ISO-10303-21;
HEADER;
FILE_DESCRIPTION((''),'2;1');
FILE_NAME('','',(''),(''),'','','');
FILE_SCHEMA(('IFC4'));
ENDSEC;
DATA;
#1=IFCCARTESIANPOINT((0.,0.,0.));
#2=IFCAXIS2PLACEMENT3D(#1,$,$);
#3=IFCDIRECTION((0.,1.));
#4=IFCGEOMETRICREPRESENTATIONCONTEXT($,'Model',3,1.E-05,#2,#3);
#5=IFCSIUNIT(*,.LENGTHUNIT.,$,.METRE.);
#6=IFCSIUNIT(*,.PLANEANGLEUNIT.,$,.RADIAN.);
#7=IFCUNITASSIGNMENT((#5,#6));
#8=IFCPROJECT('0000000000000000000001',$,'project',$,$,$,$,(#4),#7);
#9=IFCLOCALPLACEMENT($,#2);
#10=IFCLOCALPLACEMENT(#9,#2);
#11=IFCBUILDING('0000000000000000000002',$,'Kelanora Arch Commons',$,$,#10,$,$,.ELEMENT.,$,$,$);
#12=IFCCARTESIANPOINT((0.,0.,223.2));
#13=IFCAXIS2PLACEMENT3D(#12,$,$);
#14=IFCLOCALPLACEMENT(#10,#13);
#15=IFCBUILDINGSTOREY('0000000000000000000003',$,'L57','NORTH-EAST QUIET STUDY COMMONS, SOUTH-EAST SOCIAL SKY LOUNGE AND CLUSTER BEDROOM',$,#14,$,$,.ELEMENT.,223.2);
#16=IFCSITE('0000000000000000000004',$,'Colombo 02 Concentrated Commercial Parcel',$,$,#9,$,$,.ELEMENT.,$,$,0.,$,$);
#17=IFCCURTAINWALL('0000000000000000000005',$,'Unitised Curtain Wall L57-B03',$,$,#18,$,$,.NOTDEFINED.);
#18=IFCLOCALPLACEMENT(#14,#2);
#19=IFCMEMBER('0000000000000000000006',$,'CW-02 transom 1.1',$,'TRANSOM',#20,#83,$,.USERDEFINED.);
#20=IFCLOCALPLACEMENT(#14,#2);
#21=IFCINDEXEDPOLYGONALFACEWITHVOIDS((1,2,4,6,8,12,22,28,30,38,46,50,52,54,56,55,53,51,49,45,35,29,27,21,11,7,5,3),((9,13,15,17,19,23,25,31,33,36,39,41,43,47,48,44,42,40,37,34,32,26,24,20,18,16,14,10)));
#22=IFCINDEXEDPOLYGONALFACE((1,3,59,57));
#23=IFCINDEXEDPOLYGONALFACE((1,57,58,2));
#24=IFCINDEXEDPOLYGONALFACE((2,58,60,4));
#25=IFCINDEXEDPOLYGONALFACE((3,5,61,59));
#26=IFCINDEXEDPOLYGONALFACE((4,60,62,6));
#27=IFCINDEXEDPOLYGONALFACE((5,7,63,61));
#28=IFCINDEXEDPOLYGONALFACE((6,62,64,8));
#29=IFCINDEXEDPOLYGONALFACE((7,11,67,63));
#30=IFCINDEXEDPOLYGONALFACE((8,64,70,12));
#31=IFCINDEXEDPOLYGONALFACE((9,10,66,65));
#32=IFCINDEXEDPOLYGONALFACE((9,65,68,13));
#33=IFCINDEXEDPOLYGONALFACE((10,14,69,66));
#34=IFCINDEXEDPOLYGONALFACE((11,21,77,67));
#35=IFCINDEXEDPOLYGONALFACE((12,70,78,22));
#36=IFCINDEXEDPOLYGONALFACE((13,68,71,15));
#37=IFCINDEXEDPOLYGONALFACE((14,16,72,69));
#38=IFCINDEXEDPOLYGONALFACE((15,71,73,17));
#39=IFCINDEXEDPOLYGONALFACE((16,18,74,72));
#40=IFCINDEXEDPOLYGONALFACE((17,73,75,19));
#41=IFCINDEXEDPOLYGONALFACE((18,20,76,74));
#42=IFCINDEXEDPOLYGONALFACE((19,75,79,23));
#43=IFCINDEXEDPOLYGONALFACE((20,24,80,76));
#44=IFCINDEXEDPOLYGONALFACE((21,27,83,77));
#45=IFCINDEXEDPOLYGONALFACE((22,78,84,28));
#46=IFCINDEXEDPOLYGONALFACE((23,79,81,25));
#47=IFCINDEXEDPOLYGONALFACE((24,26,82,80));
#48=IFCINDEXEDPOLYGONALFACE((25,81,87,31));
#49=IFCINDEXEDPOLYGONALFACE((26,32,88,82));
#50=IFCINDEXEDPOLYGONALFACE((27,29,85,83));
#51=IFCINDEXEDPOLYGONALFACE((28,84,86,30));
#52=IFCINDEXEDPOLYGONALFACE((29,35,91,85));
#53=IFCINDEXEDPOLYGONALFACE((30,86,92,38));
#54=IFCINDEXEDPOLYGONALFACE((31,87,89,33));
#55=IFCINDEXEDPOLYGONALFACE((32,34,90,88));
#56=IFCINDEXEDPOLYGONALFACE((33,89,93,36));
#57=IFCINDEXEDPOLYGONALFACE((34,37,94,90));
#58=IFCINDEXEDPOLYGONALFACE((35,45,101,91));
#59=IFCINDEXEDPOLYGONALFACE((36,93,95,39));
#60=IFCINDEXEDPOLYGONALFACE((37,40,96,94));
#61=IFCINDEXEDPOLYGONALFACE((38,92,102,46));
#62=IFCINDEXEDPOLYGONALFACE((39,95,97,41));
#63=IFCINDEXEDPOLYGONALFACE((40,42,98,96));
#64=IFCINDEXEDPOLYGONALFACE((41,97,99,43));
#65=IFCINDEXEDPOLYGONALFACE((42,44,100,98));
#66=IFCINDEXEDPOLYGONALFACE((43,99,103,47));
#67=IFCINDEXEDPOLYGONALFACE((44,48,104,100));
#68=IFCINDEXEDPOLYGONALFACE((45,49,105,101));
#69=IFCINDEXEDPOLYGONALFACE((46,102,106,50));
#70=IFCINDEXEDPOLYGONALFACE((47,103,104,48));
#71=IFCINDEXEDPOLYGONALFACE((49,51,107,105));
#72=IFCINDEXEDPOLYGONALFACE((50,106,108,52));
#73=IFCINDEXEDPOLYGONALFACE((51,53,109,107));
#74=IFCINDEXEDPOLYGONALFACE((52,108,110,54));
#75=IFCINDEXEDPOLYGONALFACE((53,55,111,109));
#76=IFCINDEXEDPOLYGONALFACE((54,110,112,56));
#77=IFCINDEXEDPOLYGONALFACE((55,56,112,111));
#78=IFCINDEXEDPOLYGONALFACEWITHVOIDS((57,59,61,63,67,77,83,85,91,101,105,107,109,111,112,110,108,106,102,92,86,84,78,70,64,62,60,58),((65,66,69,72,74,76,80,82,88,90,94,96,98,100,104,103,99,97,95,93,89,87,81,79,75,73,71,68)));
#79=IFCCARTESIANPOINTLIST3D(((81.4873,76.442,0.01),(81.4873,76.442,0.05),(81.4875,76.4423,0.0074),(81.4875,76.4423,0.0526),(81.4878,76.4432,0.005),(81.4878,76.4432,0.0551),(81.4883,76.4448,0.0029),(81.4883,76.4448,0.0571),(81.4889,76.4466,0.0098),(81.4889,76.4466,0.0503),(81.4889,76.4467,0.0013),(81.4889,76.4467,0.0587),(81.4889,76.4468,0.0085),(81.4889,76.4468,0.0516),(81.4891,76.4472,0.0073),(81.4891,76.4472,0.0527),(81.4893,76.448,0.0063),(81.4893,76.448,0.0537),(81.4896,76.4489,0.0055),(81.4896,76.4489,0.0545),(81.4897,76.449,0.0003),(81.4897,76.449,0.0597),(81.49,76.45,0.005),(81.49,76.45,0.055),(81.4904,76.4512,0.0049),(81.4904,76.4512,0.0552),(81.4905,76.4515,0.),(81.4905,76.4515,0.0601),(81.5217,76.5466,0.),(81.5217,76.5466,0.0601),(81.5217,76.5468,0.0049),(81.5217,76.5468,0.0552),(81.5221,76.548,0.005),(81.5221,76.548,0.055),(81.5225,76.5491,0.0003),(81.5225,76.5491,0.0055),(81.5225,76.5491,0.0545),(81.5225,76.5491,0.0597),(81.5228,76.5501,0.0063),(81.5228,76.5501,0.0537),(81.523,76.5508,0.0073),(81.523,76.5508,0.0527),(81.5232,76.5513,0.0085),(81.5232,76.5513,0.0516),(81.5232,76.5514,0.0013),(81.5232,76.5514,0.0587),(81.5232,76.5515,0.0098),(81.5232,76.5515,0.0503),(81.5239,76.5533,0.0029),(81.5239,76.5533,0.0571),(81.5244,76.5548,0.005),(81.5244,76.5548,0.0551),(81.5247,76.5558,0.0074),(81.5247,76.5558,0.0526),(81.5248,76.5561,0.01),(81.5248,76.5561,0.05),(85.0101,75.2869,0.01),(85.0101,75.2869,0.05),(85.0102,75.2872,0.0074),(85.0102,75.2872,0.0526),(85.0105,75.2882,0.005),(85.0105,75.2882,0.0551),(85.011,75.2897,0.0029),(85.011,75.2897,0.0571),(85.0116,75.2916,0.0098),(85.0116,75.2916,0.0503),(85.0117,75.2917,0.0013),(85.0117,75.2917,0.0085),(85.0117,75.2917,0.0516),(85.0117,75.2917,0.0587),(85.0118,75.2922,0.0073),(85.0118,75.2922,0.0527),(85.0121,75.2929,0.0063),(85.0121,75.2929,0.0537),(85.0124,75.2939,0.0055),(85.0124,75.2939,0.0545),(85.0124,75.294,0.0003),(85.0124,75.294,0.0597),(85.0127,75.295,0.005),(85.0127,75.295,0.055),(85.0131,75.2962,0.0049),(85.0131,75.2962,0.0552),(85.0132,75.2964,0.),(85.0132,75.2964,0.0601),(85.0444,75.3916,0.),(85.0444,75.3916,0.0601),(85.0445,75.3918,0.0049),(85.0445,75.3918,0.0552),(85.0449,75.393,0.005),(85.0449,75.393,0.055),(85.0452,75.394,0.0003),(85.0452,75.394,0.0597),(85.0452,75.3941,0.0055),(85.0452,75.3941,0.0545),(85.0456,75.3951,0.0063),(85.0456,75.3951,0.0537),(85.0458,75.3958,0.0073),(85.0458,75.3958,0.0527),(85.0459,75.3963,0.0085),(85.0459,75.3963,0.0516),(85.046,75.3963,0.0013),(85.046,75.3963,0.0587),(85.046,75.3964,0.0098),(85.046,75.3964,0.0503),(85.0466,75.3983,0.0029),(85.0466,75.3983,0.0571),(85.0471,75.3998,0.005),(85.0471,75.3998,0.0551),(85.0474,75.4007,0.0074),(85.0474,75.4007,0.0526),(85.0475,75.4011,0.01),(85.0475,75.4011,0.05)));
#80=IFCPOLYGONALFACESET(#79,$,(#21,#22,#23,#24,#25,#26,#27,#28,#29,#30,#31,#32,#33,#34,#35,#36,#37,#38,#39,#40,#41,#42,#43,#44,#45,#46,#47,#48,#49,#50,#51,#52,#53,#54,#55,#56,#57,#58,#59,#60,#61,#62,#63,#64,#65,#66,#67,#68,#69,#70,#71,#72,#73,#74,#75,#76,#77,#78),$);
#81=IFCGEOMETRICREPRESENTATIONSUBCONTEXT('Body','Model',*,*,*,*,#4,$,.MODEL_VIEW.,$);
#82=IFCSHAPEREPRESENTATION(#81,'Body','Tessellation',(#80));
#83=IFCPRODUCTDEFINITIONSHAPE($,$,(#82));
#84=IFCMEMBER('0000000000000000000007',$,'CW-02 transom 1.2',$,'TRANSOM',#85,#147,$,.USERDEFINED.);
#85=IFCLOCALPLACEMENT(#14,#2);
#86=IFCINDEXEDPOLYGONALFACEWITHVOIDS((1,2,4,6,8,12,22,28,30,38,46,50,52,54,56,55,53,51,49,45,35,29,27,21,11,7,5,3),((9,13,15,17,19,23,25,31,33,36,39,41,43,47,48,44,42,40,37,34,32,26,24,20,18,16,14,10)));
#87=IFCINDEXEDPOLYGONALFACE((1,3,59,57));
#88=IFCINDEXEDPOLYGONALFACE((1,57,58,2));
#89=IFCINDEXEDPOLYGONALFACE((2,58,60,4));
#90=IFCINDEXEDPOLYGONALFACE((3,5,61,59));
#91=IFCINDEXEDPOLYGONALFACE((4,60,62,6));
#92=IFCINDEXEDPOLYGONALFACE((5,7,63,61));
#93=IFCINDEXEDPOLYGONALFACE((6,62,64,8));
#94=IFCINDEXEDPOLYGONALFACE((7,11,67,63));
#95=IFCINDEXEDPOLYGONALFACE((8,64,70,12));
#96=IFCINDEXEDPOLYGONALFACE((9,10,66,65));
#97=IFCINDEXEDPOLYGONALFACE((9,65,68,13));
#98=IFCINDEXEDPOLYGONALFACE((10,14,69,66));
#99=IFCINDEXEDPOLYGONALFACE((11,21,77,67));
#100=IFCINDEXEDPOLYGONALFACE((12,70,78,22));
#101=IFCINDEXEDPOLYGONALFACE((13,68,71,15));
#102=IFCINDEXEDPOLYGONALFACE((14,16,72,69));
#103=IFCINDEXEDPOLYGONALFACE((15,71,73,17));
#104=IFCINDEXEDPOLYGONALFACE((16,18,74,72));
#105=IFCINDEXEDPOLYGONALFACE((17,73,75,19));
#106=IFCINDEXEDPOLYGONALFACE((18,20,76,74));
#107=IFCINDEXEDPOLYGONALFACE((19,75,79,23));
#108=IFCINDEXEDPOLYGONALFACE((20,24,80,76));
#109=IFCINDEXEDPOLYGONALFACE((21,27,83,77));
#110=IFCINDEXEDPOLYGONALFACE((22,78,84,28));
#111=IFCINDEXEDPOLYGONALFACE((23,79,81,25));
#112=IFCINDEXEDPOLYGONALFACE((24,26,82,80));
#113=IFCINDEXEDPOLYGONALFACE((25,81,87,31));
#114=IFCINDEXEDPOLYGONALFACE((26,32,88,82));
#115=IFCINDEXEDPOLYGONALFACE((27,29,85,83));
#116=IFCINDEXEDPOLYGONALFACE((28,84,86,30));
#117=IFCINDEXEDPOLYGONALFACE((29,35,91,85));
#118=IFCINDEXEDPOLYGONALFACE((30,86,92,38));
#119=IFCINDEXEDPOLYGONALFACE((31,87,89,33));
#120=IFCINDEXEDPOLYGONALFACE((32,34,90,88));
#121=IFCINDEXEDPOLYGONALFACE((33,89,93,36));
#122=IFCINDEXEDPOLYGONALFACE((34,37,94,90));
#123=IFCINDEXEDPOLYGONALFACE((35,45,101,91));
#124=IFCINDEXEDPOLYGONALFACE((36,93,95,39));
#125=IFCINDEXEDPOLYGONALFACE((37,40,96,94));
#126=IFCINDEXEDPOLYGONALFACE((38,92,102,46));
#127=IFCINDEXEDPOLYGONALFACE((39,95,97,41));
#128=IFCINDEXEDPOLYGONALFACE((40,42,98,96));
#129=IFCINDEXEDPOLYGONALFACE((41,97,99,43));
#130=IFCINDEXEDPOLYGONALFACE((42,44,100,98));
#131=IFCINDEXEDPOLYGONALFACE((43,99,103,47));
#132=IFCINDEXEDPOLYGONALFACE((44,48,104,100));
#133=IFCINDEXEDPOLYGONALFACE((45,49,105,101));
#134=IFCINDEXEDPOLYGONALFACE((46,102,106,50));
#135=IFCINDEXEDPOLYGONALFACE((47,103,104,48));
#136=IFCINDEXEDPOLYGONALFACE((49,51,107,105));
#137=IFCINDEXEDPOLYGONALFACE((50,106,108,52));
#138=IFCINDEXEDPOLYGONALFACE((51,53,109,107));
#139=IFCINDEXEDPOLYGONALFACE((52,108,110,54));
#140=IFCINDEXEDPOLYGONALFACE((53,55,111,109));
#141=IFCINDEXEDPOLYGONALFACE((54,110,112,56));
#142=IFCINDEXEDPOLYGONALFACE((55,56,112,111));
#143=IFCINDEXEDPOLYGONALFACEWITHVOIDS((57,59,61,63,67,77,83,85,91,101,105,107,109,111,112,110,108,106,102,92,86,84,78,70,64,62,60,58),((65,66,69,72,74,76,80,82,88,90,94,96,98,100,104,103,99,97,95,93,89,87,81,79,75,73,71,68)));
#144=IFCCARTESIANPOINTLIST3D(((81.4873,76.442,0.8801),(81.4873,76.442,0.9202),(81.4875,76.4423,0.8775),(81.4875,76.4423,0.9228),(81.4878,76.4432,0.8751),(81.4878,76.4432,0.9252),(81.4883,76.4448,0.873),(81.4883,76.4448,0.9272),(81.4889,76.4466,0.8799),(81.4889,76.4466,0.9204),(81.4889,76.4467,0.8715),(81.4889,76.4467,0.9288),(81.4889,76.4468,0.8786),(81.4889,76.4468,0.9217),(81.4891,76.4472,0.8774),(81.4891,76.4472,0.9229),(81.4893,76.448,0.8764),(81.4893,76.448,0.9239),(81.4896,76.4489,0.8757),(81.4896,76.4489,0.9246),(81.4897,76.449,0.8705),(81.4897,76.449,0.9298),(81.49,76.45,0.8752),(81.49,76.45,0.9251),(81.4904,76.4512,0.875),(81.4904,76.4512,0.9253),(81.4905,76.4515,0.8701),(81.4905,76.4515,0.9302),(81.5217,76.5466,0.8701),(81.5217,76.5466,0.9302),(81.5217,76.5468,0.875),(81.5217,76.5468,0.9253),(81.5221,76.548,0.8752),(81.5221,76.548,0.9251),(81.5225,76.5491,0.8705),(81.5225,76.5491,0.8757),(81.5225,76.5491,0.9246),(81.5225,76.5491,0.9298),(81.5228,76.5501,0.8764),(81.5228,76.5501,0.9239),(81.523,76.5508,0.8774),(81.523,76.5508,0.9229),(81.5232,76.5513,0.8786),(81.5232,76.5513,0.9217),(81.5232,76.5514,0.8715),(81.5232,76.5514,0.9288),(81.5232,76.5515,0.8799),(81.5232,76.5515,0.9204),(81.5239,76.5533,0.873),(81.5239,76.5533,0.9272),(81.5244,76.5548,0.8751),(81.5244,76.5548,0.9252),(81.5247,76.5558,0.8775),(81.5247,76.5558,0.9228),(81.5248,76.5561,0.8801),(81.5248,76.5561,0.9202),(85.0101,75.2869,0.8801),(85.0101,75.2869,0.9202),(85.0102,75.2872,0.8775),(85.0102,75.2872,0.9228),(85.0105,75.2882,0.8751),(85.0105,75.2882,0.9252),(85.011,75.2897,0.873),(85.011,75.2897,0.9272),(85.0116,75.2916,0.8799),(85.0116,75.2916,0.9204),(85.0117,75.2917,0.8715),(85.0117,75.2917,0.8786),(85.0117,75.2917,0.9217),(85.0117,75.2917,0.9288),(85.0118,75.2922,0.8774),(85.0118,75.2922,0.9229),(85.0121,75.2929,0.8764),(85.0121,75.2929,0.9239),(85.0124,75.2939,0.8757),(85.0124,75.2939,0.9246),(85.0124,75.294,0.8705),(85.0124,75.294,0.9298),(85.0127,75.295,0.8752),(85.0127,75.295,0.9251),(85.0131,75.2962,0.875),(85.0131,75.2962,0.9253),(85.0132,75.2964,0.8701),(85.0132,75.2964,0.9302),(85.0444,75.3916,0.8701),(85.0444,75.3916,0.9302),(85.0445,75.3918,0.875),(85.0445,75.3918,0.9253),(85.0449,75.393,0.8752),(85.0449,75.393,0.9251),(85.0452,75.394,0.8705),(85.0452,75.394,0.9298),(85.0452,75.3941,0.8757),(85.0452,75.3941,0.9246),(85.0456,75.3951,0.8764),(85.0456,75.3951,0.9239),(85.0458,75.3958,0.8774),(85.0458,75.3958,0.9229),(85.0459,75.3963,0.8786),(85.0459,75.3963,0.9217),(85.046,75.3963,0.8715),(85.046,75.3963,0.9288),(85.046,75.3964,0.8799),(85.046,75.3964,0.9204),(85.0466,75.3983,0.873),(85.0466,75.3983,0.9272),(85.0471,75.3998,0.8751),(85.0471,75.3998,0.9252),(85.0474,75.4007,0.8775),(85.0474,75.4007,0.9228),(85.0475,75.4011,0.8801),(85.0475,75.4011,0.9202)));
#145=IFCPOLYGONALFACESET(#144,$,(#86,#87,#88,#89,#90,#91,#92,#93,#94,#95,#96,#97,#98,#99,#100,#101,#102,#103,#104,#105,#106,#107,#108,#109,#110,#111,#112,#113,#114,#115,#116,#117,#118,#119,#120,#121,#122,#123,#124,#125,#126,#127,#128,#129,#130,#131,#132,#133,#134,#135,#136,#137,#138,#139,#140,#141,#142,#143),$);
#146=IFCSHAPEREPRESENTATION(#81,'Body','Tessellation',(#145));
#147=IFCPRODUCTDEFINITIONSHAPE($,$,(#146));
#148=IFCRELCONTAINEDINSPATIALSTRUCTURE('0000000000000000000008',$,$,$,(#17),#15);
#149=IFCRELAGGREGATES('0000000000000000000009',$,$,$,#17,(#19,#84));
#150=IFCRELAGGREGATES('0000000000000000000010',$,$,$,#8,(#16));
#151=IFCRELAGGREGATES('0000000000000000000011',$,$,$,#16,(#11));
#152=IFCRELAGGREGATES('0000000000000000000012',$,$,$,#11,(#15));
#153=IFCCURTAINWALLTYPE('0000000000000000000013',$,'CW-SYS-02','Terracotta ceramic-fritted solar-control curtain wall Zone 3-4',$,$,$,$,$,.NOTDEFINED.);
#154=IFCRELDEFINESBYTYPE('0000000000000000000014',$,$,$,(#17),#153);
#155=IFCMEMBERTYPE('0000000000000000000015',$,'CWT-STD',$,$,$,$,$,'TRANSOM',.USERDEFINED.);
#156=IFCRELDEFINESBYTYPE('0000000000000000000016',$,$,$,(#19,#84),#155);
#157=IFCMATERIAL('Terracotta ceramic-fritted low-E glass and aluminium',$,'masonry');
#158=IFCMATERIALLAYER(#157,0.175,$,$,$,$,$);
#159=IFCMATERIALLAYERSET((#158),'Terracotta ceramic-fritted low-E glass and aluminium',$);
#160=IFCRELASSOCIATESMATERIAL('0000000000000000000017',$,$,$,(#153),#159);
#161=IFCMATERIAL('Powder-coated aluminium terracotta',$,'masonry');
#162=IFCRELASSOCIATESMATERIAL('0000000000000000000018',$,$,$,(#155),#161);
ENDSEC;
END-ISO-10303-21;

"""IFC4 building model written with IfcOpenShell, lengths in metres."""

from ifc_helpers import new_model, si_unit, direction, frame, origin, origin_2d, place, context, subcontext, project, spatial, hollow_rectangle, extrude, material, layer, layer_set, material_profile, profile_set, type_object, element, aggregate, save


model = new_model("IFC4")

# Units and contexts
model_context = context("Model", 3, precision=1e-05, world=origin(), true_north=direction((0.0, 1.0)))
body_context = subcontext(model_context, "Body", "Model", "MODEL_VIEW")
ifc_project = project(units=[si_unit("LENGTHUNIT", "METRE"), si_unit("PLANEANGLEUNIT", "RADIAN")], contexts=[model_context])

# Site, building, storey
site_placement = place(None, origin())
site = spatial("IfcSite", under=ifc_project, at=site_placement, Name="Colombo 02 Concentrated Commercial Parcel", CompositionType="ELEMENT", RefElevation=0.0)
building_placement = place(site_placement, origin())
building = spatial("IfcBuilding", under=site, at=building_placement, Name="Kelanora Arch Commons", CompositionType="ELEMENT")
storey_placement = place(building_placement, frame((0.0, 0.0, 223.2)))
storey = spatial("IfcBuildingStorey", under=building, at=storey_placement, Name="L57", Description="NORTH-EAST QUIET STUDY COMMONS, SOUTH-EAST SOCIAL SKY LOUNGE AND CLUSTER BEDROOM", CompositionType="ELEMENT", Elevation=223.2)

# Shared definitions
ifc_material_1 = material(Name="Terracotta ceramic-fritted low-E glass and aluminium", Category="masonry")
ifc_layer_1 = layer(ifc_material_1, 0.175)
ifc_layer_set_1 = layer_set([ifc_layer_1], Name="Terracotta ceramic-fritted low-E glass and aluminium")
curtain_wall_type = type_object("IfcCurtainWallType", Name="CW-SYS-02", Description="Terracotta ceramic-fritted solar-control curtain wall Zone 3-4", PredefinedType="NOTDEFINED", material=ifc_layer_set_1)
ifc_material_2 = material(Name="Powder-coated aluminium terracotta", Category="masonry")

# Curtain wall, members
curtain_wall_1_placement = place(storey_placement, origin())
curtain_wall_1 = element("IfcCurtainWall", 1, at=curtain_wall_1_placement, inside=storey, type_object=curtain_wall_type, Name="Unitised Curtain Wall L57-B03", PredefinedType="NOTDEFINED")
ifc_material_profile_1 = material_profile(ifc_material_2, hollow_rectangle(XDim=0.1201, YDim=0.0601, WallThickness=0.0049, InnerFilletRadius=0.0049, OuterFilletRadius=0.01, at=origin_2d()), Name="CWT120x60")
ifc_profile_set_1 = profile_set([ifc_material_profile_1], Name="Powder-coated aluminium terracotta")
member_type_1 = type_object("IfcMemberType", Name="CWT-STD", ElementType="TRANSOM", PredefinedType="USERDEFINED", material=ifc_profile_set_1)
member_1_placement = place(storey_placement, frame((85.0288, 75.344, 0.03), z_axis=(-0.950226, 0.311561, 0.0), x_axis=(-0.311561, -0.950226, 0.0)))
member_1 = element("IfcMember", 2, at=member_1_placement, type_object=member_type_1, Name="CW-02 transom 1.1", ObjectType="TRANSOM", PredefinedType="USERDEFINED", context=body_context, shape_type="SweptSolid", body=[
    extrude(hollow_rectangle(XDim=0.1201, YDim=0.0601, WallThickness=0.0049, InnerFilletRadius=0.0049, OuterFilletRadius=0.01, at=origin_2d()), origin(), (0.0, 0.0, 1.0), 3.7073),
])
member_2_placement = place(storey_placement, frame((85.0288, 75.344, 0.9001), z_axis=(-0.950226, 0.311561, 0.0), x_axis=(-0.311561, -0.950226, 0.0)))
member_2 = element("IfcMember", 3, at=member_2_placement, type_object=member_type_1, Name="CW-02 transom 1.2", ObjectType="TRANSOM", PredefinedType="USERDEFINED", context=body_context, shape_type="SweptSolid", body=[
    extrude(hollow_rectangle(XDim=0.1201, YDim=0.0601, WallThickness=0.0049, InnerFilletRadius=0.0049, OuterFilletRadius=0.01, at=origin_2d()), origin(), (0.0, 0.0, 1.0), 3.7073),
])
aggregate(curtain_wall_1, [member_1, member_2])

save(model, "model.ifc")
